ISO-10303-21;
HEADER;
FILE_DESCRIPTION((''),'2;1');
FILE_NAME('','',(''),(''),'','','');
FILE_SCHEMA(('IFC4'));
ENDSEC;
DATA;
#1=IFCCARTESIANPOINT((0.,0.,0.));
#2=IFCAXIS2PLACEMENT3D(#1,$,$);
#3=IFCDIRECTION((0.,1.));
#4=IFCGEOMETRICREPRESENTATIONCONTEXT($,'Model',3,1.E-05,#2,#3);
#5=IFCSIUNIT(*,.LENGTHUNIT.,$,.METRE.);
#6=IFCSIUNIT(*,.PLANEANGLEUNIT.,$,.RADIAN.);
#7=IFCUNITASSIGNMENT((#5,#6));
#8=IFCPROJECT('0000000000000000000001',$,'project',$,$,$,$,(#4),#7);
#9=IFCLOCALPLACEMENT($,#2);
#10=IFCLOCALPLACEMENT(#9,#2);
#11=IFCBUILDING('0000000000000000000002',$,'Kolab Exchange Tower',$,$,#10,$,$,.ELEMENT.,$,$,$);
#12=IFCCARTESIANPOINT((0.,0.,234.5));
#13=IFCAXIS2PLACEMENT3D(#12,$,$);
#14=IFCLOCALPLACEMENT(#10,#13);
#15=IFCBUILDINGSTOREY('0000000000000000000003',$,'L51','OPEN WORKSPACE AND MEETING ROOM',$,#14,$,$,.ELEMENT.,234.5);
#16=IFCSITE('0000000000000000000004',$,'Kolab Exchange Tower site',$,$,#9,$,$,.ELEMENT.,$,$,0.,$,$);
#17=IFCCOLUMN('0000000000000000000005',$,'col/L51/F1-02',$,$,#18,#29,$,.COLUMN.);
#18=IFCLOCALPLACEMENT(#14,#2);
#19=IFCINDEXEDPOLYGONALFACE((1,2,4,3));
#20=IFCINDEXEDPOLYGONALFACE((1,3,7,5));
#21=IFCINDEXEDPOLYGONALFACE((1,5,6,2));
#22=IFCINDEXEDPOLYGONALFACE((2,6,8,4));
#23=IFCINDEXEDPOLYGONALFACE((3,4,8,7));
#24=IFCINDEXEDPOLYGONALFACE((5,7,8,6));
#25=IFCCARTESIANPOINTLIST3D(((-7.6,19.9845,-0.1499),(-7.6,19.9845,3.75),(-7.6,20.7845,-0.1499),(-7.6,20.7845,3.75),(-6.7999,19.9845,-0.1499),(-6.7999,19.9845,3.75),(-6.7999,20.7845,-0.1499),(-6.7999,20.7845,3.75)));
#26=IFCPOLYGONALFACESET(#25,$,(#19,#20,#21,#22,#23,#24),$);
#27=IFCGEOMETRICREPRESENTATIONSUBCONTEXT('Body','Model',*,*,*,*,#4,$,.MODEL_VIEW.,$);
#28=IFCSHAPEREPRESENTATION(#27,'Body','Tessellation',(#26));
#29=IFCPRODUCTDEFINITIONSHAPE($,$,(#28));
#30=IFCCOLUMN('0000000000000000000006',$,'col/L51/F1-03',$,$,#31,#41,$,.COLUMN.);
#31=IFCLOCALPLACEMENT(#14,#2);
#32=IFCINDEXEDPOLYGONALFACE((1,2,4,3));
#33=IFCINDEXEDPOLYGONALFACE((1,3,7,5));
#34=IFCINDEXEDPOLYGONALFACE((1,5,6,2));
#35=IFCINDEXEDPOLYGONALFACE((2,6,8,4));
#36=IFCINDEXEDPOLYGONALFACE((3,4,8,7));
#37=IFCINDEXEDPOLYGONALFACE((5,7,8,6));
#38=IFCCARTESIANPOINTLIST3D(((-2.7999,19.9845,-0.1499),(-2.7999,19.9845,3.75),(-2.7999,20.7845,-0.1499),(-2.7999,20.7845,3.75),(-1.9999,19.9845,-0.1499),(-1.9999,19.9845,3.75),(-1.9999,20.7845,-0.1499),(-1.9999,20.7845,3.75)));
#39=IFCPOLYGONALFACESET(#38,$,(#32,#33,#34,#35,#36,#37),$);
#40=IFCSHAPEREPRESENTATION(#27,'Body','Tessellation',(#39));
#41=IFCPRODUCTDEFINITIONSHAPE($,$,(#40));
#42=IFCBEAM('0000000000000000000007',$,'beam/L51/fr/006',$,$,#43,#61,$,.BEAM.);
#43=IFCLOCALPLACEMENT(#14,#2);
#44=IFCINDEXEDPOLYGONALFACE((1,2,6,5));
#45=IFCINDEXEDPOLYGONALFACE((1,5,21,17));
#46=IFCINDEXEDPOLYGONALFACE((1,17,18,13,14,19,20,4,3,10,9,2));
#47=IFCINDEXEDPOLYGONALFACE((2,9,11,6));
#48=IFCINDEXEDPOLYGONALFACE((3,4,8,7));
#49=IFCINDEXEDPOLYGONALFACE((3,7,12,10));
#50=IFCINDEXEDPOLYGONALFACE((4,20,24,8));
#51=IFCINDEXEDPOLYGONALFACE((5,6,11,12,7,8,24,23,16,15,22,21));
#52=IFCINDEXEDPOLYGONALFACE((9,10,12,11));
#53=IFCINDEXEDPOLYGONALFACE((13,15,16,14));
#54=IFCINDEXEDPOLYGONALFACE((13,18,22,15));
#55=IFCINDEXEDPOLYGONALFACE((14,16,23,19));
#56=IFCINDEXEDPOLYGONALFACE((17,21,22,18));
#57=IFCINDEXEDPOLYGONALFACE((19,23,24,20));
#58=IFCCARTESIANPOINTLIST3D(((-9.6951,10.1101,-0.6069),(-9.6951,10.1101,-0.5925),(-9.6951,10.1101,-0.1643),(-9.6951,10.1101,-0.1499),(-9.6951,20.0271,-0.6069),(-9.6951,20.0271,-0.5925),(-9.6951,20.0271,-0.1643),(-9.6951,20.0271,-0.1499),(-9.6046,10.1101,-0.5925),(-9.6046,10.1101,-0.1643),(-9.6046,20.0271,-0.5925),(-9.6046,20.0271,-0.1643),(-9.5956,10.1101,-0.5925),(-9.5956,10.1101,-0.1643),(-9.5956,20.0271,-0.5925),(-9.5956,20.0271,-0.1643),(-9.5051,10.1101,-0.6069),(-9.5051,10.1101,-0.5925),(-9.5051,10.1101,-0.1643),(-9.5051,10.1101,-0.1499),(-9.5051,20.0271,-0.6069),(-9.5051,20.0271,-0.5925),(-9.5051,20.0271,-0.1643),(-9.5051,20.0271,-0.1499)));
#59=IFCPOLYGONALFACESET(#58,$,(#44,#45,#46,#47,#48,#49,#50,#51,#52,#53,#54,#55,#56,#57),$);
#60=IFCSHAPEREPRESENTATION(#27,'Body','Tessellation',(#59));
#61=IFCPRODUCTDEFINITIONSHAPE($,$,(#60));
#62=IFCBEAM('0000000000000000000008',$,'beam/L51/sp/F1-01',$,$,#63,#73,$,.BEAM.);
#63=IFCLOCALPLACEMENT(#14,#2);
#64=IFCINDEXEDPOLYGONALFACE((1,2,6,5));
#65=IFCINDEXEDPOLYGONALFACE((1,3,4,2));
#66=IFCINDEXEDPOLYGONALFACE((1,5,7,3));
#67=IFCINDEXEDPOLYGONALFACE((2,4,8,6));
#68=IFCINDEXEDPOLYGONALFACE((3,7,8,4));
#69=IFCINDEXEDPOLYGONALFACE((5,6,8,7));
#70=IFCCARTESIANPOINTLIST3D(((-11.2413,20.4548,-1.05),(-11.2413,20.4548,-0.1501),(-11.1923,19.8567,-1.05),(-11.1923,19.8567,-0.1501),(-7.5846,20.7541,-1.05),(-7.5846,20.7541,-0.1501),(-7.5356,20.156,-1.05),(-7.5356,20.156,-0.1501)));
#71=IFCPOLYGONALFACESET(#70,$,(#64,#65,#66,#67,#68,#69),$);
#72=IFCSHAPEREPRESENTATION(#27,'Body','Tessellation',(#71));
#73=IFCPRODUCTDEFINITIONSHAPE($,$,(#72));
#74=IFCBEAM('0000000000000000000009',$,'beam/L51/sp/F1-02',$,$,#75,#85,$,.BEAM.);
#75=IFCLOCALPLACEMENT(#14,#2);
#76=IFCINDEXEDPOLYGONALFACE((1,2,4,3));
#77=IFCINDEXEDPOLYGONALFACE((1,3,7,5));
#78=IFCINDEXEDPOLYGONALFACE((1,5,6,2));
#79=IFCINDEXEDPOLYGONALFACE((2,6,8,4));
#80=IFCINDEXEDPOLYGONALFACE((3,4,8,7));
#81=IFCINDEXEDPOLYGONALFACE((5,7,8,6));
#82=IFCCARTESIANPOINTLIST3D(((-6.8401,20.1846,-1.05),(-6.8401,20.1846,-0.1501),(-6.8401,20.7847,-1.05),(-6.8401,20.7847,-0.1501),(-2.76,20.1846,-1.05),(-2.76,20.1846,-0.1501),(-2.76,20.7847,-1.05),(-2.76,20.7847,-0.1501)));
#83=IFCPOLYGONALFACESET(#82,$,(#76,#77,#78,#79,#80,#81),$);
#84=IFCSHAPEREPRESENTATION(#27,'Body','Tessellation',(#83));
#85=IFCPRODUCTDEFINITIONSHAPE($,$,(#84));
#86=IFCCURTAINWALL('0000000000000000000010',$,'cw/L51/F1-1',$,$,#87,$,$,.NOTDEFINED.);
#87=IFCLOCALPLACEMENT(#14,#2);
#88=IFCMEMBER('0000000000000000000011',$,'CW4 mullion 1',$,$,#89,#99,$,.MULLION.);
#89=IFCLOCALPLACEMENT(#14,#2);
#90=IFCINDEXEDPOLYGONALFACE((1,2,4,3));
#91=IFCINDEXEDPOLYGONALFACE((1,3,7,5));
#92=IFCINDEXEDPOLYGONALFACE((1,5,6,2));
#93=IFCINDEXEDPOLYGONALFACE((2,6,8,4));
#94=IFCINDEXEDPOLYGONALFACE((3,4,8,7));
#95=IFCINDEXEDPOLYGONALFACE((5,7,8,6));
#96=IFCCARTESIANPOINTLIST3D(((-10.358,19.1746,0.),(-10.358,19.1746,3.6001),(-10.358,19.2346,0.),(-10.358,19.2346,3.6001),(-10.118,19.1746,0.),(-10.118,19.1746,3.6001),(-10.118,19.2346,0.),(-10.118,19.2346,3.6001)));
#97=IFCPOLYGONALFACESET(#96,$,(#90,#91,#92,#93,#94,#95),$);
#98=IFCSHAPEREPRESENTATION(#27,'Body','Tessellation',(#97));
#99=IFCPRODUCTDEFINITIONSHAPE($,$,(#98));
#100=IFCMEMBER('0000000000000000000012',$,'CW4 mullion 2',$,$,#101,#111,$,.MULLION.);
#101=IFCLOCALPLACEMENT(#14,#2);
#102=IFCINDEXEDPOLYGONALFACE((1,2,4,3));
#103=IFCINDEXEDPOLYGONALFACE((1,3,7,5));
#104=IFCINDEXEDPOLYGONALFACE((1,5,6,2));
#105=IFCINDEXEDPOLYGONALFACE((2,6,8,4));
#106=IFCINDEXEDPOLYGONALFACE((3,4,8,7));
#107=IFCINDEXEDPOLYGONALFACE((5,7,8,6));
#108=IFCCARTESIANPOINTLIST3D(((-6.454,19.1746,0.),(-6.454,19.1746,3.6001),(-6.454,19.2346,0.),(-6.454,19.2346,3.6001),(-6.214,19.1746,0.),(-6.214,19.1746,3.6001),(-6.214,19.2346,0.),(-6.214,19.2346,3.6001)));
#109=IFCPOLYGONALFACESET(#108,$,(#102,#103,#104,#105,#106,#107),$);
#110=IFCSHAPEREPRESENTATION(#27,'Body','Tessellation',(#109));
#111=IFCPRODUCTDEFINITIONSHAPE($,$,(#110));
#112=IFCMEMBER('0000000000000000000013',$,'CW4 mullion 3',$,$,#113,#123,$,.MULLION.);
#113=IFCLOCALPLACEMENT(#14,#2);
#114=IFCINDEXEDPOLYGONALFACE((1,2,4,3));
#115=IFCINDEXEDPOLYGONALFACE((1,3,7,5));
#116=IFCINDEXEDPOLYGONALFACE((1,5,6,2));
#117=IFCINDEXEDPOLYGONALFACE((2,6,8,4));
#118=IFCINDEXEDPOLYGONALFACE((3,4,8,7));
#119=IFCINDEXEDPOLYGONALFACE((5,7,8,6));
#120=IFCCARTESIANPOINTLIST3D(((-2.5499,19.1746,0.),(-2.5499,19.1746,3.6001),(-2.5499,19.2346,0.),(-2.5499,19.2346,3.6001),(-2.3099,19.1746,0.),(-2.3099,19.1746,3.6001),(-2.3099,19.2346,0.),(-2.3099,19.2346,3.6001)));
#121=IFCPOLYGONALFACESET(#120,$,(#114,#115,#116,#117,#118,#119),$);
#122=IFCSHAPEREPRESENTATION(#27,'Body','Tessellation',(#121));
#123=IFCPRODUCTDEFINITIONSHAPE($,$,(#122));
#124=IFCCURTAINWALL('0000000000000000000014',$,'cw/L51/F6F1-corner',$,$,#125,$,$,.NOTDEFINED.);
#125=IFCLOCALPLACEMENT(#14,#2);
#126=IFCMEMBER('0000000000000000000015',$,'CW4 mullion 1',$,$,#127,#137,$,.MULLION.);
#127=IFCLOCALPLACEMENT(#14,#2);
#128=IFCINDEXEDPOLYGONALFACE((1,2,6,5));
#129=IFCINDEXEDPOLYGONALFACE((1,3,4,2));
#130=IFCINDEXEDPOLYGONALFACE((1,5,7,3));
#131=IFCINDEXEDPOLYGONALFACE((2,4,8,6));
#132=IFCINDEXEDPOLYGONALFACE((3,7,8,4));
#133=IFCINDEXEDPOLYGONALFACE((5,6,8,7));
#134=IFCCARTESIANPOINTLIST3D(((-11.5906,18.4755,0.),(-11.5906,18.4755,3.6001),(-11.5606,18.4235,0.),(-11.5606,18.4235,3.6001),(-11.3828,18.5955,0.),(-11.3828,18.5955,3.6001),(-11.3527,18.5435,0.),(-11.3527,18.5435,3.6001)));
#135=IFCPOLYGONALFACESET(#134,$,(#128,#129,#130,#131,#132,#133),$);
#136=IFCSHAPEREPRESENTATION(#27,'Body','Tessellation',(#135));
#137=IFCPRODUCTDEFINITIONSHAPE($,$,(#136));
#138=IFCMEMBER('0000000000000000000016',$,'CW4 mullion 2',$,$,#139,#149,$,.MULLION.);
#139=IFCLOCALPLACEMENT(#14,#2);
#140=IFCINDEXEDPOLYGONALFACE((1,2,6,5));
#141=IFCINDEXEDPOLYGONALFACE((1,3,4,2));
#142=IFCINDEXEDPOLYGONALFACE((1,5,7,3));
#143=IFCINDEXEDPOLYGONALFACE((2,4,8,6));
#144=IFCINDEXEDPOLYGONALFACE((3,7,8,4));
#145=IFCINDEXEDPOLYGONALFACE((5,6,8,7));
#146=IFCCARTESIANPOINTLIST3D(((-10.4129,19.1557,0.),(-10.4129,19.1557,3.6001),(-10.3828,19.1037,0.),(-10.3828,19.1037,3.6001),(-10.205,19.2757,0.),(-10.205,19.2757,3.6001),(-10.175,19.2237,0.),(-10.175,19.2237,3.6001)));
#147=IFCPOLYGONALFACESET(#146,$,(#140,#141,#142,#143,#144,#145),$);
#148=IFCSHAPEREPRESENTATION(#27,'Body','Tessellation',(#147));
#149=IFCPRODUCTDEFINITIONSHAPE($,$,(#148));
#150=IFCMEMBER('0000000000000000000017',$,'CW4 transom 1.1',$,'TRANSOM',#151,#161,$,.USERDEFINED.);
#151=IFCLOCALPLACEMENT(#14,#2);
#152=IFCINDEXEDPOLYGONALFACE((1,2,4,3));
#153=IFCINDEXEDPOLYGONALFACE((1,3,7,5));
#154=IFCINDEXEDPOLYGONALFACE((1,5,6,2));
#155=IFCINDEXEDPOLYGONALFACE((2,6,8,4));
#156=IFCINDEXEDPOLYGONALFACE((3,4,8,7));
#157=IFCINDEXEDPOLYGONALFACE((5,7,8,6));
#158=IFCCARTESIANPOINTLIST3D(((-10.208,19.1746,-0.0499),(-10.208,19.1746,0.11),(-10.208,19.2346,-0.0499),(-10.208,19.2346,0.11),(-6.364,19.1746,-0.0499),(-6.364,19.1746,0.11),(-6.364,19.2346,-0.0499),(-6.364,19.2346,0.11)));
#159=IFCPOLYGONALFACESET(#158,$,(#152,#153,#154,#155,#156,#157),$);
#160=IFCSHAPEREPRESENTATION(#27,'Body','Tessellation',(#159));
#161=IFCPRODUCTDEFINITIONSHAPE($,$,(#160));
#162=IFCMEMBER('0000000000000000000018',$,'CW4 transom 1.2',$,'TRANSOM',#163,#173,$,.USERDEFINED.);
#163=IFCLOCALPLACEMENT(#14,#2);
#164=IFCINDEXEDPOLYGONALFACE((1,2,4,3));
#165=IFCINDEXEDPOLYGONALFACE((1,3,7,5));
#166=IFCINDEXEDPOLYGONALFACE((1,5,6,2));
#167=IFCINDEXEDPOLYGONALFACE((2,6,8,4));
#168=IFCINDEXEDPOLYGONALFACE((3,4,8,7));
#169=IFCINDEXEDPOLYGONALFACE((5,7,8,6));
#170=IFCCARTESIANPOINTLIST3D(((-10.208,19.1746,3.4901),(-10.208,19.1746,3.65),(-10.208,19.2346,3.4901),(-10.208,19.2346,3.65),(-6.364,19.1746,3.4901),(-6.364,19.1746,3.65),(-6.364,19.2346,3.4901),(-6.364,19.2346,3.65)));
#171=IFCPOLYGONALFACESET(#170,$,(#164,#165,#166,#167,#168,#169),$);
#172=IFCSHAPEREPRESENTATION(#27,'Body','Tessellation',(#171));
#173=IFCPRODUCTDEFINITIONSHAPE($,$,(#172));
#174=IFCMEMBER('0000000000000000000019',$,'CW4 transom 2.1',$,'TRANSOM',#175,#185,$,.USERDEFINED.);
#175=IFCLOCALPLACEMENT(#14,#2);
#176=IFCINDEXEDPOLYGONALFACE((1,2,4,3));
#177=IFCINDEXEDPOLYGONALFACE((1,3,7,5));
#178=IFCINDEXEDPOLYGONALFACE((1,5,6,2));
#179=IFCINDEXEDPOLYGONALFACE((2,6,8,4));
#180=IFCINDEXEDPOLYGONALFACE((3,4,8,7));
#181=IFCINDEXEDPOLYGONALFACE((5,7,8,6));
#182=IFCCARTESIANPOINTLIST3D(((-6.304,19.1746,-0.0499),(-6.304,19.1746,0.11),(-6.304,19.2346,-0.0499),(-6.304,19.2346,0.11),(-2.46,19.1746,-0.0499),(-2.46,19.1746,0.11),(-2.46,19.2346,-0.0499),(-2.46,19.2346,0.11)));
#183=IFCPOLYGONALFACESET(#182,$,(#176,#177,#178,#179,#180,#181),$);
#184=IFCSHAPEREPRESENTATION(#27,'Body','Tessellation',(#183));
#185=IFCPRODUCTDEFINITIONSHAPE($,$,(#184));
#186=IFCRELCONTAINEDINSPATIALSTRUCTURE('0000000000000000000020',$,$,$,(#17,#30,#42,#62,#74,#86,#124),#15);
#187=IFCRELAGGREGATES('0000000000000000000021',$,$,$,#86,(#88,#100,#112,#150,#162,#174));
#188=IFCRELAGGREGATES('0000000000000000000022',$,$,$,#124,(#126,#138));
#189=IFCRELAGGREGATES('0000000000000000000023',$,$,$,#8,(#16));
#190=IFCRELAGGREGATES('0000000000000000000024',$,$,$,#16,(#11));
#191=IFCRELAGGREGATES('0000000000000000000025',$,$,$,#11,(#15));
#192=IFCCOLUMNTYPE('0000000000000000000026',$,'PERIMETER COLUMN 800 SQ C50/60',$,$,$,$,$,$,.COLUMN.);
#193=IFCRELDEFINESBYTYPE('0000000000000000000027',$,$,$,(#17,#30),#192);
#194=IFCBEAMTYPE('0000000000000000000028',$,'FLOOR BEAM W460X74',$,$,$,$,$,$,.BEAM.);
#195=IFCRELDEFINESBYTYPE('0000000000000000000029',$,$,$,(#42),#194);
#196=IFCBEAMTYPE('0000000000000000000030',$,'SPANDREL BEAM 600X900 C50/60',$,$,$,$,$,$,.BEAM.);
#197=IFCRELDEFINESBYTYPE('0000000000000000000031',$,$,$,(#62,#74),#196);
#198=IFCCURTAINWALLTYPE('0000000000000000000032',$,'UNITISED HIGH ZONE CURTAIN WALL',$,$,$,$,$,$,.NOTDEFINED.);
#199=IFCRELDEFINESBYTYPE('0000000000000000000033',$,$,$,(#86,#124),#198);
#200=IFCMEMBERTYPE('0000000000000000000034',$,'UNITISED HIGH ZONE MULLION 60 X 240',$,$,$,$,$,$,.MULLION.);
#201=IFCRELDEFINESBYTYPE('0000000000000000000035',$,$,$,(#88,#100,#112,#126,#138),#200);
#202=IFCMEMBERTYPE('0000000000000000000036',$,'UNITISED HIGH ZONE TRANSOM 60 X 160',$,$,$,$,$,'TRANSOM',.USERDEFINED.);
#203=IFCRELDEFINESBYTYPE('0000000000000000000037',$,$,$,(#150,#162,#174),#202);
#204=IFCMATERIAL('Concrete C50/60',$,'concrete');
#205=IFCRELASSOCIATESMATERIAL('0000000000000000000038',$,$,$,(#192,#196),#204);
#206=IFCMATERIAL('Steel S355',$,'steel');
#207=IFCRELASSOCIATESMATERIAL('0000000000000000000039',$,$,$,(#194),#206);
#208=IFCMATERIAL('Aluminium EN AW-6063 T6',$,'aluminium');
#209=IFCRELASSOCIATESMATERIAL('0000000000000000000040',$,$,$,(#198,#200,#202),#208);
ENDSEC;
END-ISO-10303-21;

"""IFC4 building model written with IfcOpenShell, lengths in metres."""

from ifc_helpers import new_model, si_unit, direction, frame, origin, origin_2d, place, context, subcontext, project, spatial, rectangle, i_section, extrude, material, material_profile, profile_set, type_object, element, aggregate, save


model = new_model("IFC4")

# Units and contexts
model_context = context("Model", 3, precision=1e-05, world=origin(), true_north=direction((0.0, 1.0)))
body_context = subcontext(model_context, "Body", "Model", "MODEL_VIEW")
ifc_project = project(units=[si_unit("LENGTHUNIT", "METRE"), si_unit("PLANEANGLEUNIT", "RADIAN")], contexts=[model_context])

# Site, building, storey
site_placement = place(None, origin())
site = spatial("IfcSite", under=ifc_project, at=site_placement, Name="Kolab Exchange Tower site", CompositionType="ELEMENT", RefElevation=0.0)
building_placement = place(site_placement, origin())
building = spatial("IfcBuilding", under=site, at=building_placement, Name="Kolab Exchange Tower", CompositionType="ELEMENT")
storey_placement = place(building_placement, frame((0.0, 0.0, 234.5)))
storey = spatial("IfcBuildingStorey", under=building, at=storey_placement, Name="L51", Description="OPEN WORKSPACE AND MEETING ROOM", CompositionType="ELEMENT", Elevation=234.5)

# Columns
ifc_material_1 = material(Name="Concrete C50/60", Category="concrete")
ifc_material_profile_1 = material_profile(ifc_material_1, rectangle(XDim=0.8, YDim=0.8, at=origin_2d()), Name="RC800")
ifc_profile_set_1 = profile_set([ifc_material_profile_1], Name="Concrete C50/60")
column_type = type_object("IfcColumnType", Name="PERIMETER COLUMN 800 SQ C50/60", PredefinedType="COLUMN", material=ifc_profile_set_1)
for number, where, z_axis, x_axis, name in (
    (1, (-7.2, 20.3845, -0.1499), (0.0, 0.0, 1.0), (1.0, 0.0, 0.0), "col/L51/F1-02"),
    (2, (-2.3999, 20.3845, -0.1499), (0.0, 0.0, 1.0), (1.0, 0.0, 0.0), "col/L51/F1-03"),
):
    element("IfcColumn", number, at=place(storey_placement, frame(where, z_axis=z_axis, x_axis=x_axis)), inside=storey, type_object=column_type, Name=name, PredefinedType="COLUMN", context=body_context, shape_type="SweptSolid", body=[
        extrude(rectangle(XDim=0.8, YDim=0.8, at=origin_2d()), origin(), (0.0, 0.0, 1.0), 3.8999),
    ])

# Beams
ifc_material_2 = material(Name="Steel S355", Category="steel")
ifc_material_profile_2 = material_profile(ifc_material_2, i_section(OverallWidth=0.1899, OverallDepth=0.457, WebThickness=0.009, FlangeThickness=0.0144, at=origin_2d()), Name="W460X74")
ifc_profile_set_2 = profile_set([ifc_material_profile_2], Name="Steel S355")
beam_type_1 = type_object("IfcBeamType", Name="FLOOR BEAM W460X74", PredefinedType="BEAM", material=ifc_profile_set_2)
beam_1_placement = place(storey_placement, frame((-9.6001, 10.1101, -0.3784), z_axis=(0.0, 1.0, 0.0), x_axis=(-1.0, 0.0, 0.0)))
element("IfcBeam", 3, at=beam_1_placement, inside=storey, type_object=beam_type_1, Name="beam/L51/fr/006", PredefinedType="BEAM", context=body_context, shape_type="SweptSolid", body=[
    extrude(i_section(OverallWidth=0.1899, OverallDepth=0.457, WebThickness=0.009, FlangeThickness=0.0144, at=origin_2d()), origin(), (0.0, 0.0, 1.0), 9.917),
])
ifc_material_profile_3 = material_profile(ifc_material_1, rectangle(XDim=0.6001, YDim=0.8999, at=origin_2d()), Name="RC600X900")
ifc_profile_set_3 = profile_set([ifc_material_profile_3], Name="Concrete C50/60")
beam_type_2 = type_object("IfcBeamType", Name="SPANDREL BEAM 600X900 C50/60", PredefinedType="BEAM", material=ifc_profile_set_3)
beam_2_placement = place(storey_placement, frame((-11.2168, 20.1558, -0.6001), z_axis=(0.996667, 0.081581, 0.0), x_axis=(-0.081581, 0.996667, 0.0)))
element("IfcBeam", 4, at=beam_2_placement, inside=storey, type_object=beam_type_2, Name="beam/L51/sp/F1-01", PredefinedType="BEAM", context=body_context, shape_type="SweptSolid", body=[
    extrude(rectangle(XDim=0.6001, YDim=0.8999, at=origin_2d()), origin(), (0.0, 0.0, 1.0), 3.6689),
])
beam_3_placement = place(storey_placement, frame((-6.8401, 20.4846, -0.6001), z_axis=(1.0, 0.0, 0.0), x_axis=(0.0, 1.0, 0.0)))
element("IfcBeam", 5, at=beam_3_placement, inside=storey, type_object=beam_type_2, Name="beam/L51/sp/F1-02", PredefinedType="BEAM", context=body_context, shape_type="SweptSolid", body=[
    extrude(rectangle(XDim=0.6001, YDim=0.8999, at=origin_2d()), origin(), (0.0, 0.0, 1.0), 4.0801),
])

# Curtain walls, members
ifc_material_3 = material(Name="Aluminium EN AW-6063 T6", Category="aluminium")
curtain_wall_type = type_object("IfcCurtainWallType", Name="UNITISED HIGH ZONE CURTAIN WALL", PredefinedType="NOTDEFINED", material=ifc_material_3)
curtain_wall_1_placement = place(storey_placement, origin())
curtain_wall_1 = element("IfcCurtainWall", 6, at=curtain_wall_1_placement, inside=storey, type_object=curtain_wall_type, Name="cw/L51/F1-1", PredefinedType="NOTDEFINED")
ifc_material_profile_4 = material_profile(ifc_material_3, rectangle(XDim=0.0601, YDim=0.24, at=origin_2d()), Name="RECT 60X240")
ifc_profile_set_4 = profile_set([ifc_material_profile_4], Name="Aluminium EN AW-6063 T6")
member_type_1 = type_object("IfcMemberType", Name="UNITISED HIGH ZONE MULLION 60 X 240", PredefinedType="MULLION", material=ifc_profile_set_4)
member_1_placement = place(storey_placement, frame((-10.238, 19.2046, 0.0), z_axis=(0.0, 0.0, 1.0), x_axis=(0.0, 1.0, 0.0)))
member_1 = element("IfcMember", 7, at=member_1_placement, type_object=member_type_1, Name="CW4 mullion 1", PredefinedType="MULLION", context=body_context, shape_type="SweptSolid", body=[
    extrude(rectangle(XDim=0.0601, YDim=0.24, at=origin_2d()), origin(), (0.0, 0.0, 1.0), 3.6001),
])
member_2_placement = place(storey_placement, frame((-6.334, 19.2046, 0.0), z_axis=(0.0, 0.0, 1.0), x_axis=(0.0, 1.0, 0.0)))
member_2 = element("IfcMember", 8, at=member_2_placement, type_object=member_type_1, Name="CW4 mullion 2", PredefinedType="MULLION", context=body_context, shape_type="SweptSolid", body=[
    extrude(rectangle(XDim=0.0601, YDim=0.24, at=origin_2d()), origin(), (0.0, 0.0, 1.0), 3.6001),
])
member_3_placement = place(storey_placement, frame((-2.4299, 19.2046, 0.0), z_axis=(0.0, 0.0, 1.0), x_axis=(0.0, 1.0, 0.0)))
member_3 = element("IfcMember", 9, at=member_3_placement, type_object=member_type_1, Name="CW4 mullion 3", PredefinedType="MULLION", context=body_context, shape_type="SweptSolid", body=[
    extrude(rectangle(XDim=0.0601, YDim=0.24, at=origin_2d()), origin(), (0.0, 0.0, 1.0), 3.6001),
])
curtain_wall_2_placement = place(storey_placement, origin())
curtain_wall_2 = element("IfcCurtainWall", 10, at=curtain_wall_2_placement, inside=storey, type_object=curtain_wall_type, Name="cw/L51/F6F1-corner", PredefinedType="NOTDEFINED")
member_4_placement = place(storey_placement, frame((-11.4717, 18.5095, 0.0), z_axis=(0.0, 0.0, 1.0), x_axis=(-0.5, 0.866025, 0.0)))
member_4 = element("IfcMember", 11, at=member_4_placement, type_object=member_type_1, Name="CW4 mullion 1", PredefinedType="MULLION", context=body_context, shape_type="SweptSolid", body=[
    extrude(rectangle(XDim=0.0601, YDim=0.24, at=origin_2d()), origin(), (0.0, 0.0, 1.0), 3.6001),
])
member_5_placement = place(storey_placement, frame((-10.2939, 19.1897, 0.0), z_axis=(0.0, 0.0, 1.0), x_axis=(-0.5, 0.866025, 0.0)))
member_5 = element("IfcMember", 12, at=member_5_placement, type_object=member_type_1, Name="CW4 mullion 2", PredefinedType="MULLION", context=body_context, shape_type="SweptSolid", body=[
    extrude(rectangle(XDim=0.0601, YDim=0.24, at=origin_2d()), origin(), (0.0, 0.0, 1.0), 3.6001),
])

# Members
ifc_material_profile_5 = material_profile(ifc_material_3, rectangle(XDim=0.0601, YDim=0.1599, at=origin_2d()), Name="RECT 60X160")
ifc_profile_set_5 = profile_set([ifc_material_profile_5], Name="Aluminium EN AW-6063 T6")
member_type_2 = type_object("IfcMemberType", Name="UNITISED HIGH ZONE TRANSOM 60 X 160", ElementType="TRANSOM", PredefinedType="USERDEFINED", material=ifc_profile_set_5)
member_6_placement = place(storey_placement, frame((-10.208, 19.2046, 0.03), z_axis=(1.0, 0.0, 0.0), x_axis=(0.0, 1.0, 0.0)))
member_6 = element("IfcMember", 13, at=member_6_placement, type_object=member_type_2, Name="CW4 transom 1.1", ObjectType="TRANSOM", PredefinedType="USERDEFINED", context=body_context, shape_type="SweptSolid", body=[
    extrude(rectangle(XDim=0.0601, YDim=0.1599, at=origin_2d()), origin(), (0.0, 0.0, 1.0), 3.844),
])
member_7_placement = place(storey_placement, frame((-10.208, 19.2046, 3.5701), z_axis=(1.0, 0.0, 0.0), x_axis=(0.0, 1.0, 0.0)))
member_7 = element("IfcMember", 14, at=member_7_placement, type_object=member_type_2, Name="CW4 transom 1.2", ObjectType="TRANSOM", PredefinedType="USERDEFINED", context=body_context, shape_type="SweptSolid", body=[
    extrude(rectangle(XDim=0.0601, YDim=0.1599, at=origin_2d()), origin(), (0.0, 0.0, 1.0), 3.844),
])
member_8_placement = place(storey_placement, frame((-6.304, 19.2046, 0.03), z_axis=(1.0, 0.0, 0.0), x_axis=(0.0, 1.0, 0.0)))
member_8 = element("IfcMember", 15, at=member_8_placement, type_object=member_type_2, Name="CW4 transom 2.1", ObjectType="TRANSOM", PredefinedType="USERDEFINED", context=body_context, shape_type="SweptSolid", body=[
    extrude(rectangle(XDim=0.0601, YDim=0.1599, at=origin_2d()), origin(), (0.0, 0.0, 1.0), 3.844),
])

aggregate(curtain_wall_1, [member_1, member_2, member_3, member_6, member_7, member_8])
aggregate(curtain_wall_2, [member_4, member_5])

save(model, "model.ifc")
